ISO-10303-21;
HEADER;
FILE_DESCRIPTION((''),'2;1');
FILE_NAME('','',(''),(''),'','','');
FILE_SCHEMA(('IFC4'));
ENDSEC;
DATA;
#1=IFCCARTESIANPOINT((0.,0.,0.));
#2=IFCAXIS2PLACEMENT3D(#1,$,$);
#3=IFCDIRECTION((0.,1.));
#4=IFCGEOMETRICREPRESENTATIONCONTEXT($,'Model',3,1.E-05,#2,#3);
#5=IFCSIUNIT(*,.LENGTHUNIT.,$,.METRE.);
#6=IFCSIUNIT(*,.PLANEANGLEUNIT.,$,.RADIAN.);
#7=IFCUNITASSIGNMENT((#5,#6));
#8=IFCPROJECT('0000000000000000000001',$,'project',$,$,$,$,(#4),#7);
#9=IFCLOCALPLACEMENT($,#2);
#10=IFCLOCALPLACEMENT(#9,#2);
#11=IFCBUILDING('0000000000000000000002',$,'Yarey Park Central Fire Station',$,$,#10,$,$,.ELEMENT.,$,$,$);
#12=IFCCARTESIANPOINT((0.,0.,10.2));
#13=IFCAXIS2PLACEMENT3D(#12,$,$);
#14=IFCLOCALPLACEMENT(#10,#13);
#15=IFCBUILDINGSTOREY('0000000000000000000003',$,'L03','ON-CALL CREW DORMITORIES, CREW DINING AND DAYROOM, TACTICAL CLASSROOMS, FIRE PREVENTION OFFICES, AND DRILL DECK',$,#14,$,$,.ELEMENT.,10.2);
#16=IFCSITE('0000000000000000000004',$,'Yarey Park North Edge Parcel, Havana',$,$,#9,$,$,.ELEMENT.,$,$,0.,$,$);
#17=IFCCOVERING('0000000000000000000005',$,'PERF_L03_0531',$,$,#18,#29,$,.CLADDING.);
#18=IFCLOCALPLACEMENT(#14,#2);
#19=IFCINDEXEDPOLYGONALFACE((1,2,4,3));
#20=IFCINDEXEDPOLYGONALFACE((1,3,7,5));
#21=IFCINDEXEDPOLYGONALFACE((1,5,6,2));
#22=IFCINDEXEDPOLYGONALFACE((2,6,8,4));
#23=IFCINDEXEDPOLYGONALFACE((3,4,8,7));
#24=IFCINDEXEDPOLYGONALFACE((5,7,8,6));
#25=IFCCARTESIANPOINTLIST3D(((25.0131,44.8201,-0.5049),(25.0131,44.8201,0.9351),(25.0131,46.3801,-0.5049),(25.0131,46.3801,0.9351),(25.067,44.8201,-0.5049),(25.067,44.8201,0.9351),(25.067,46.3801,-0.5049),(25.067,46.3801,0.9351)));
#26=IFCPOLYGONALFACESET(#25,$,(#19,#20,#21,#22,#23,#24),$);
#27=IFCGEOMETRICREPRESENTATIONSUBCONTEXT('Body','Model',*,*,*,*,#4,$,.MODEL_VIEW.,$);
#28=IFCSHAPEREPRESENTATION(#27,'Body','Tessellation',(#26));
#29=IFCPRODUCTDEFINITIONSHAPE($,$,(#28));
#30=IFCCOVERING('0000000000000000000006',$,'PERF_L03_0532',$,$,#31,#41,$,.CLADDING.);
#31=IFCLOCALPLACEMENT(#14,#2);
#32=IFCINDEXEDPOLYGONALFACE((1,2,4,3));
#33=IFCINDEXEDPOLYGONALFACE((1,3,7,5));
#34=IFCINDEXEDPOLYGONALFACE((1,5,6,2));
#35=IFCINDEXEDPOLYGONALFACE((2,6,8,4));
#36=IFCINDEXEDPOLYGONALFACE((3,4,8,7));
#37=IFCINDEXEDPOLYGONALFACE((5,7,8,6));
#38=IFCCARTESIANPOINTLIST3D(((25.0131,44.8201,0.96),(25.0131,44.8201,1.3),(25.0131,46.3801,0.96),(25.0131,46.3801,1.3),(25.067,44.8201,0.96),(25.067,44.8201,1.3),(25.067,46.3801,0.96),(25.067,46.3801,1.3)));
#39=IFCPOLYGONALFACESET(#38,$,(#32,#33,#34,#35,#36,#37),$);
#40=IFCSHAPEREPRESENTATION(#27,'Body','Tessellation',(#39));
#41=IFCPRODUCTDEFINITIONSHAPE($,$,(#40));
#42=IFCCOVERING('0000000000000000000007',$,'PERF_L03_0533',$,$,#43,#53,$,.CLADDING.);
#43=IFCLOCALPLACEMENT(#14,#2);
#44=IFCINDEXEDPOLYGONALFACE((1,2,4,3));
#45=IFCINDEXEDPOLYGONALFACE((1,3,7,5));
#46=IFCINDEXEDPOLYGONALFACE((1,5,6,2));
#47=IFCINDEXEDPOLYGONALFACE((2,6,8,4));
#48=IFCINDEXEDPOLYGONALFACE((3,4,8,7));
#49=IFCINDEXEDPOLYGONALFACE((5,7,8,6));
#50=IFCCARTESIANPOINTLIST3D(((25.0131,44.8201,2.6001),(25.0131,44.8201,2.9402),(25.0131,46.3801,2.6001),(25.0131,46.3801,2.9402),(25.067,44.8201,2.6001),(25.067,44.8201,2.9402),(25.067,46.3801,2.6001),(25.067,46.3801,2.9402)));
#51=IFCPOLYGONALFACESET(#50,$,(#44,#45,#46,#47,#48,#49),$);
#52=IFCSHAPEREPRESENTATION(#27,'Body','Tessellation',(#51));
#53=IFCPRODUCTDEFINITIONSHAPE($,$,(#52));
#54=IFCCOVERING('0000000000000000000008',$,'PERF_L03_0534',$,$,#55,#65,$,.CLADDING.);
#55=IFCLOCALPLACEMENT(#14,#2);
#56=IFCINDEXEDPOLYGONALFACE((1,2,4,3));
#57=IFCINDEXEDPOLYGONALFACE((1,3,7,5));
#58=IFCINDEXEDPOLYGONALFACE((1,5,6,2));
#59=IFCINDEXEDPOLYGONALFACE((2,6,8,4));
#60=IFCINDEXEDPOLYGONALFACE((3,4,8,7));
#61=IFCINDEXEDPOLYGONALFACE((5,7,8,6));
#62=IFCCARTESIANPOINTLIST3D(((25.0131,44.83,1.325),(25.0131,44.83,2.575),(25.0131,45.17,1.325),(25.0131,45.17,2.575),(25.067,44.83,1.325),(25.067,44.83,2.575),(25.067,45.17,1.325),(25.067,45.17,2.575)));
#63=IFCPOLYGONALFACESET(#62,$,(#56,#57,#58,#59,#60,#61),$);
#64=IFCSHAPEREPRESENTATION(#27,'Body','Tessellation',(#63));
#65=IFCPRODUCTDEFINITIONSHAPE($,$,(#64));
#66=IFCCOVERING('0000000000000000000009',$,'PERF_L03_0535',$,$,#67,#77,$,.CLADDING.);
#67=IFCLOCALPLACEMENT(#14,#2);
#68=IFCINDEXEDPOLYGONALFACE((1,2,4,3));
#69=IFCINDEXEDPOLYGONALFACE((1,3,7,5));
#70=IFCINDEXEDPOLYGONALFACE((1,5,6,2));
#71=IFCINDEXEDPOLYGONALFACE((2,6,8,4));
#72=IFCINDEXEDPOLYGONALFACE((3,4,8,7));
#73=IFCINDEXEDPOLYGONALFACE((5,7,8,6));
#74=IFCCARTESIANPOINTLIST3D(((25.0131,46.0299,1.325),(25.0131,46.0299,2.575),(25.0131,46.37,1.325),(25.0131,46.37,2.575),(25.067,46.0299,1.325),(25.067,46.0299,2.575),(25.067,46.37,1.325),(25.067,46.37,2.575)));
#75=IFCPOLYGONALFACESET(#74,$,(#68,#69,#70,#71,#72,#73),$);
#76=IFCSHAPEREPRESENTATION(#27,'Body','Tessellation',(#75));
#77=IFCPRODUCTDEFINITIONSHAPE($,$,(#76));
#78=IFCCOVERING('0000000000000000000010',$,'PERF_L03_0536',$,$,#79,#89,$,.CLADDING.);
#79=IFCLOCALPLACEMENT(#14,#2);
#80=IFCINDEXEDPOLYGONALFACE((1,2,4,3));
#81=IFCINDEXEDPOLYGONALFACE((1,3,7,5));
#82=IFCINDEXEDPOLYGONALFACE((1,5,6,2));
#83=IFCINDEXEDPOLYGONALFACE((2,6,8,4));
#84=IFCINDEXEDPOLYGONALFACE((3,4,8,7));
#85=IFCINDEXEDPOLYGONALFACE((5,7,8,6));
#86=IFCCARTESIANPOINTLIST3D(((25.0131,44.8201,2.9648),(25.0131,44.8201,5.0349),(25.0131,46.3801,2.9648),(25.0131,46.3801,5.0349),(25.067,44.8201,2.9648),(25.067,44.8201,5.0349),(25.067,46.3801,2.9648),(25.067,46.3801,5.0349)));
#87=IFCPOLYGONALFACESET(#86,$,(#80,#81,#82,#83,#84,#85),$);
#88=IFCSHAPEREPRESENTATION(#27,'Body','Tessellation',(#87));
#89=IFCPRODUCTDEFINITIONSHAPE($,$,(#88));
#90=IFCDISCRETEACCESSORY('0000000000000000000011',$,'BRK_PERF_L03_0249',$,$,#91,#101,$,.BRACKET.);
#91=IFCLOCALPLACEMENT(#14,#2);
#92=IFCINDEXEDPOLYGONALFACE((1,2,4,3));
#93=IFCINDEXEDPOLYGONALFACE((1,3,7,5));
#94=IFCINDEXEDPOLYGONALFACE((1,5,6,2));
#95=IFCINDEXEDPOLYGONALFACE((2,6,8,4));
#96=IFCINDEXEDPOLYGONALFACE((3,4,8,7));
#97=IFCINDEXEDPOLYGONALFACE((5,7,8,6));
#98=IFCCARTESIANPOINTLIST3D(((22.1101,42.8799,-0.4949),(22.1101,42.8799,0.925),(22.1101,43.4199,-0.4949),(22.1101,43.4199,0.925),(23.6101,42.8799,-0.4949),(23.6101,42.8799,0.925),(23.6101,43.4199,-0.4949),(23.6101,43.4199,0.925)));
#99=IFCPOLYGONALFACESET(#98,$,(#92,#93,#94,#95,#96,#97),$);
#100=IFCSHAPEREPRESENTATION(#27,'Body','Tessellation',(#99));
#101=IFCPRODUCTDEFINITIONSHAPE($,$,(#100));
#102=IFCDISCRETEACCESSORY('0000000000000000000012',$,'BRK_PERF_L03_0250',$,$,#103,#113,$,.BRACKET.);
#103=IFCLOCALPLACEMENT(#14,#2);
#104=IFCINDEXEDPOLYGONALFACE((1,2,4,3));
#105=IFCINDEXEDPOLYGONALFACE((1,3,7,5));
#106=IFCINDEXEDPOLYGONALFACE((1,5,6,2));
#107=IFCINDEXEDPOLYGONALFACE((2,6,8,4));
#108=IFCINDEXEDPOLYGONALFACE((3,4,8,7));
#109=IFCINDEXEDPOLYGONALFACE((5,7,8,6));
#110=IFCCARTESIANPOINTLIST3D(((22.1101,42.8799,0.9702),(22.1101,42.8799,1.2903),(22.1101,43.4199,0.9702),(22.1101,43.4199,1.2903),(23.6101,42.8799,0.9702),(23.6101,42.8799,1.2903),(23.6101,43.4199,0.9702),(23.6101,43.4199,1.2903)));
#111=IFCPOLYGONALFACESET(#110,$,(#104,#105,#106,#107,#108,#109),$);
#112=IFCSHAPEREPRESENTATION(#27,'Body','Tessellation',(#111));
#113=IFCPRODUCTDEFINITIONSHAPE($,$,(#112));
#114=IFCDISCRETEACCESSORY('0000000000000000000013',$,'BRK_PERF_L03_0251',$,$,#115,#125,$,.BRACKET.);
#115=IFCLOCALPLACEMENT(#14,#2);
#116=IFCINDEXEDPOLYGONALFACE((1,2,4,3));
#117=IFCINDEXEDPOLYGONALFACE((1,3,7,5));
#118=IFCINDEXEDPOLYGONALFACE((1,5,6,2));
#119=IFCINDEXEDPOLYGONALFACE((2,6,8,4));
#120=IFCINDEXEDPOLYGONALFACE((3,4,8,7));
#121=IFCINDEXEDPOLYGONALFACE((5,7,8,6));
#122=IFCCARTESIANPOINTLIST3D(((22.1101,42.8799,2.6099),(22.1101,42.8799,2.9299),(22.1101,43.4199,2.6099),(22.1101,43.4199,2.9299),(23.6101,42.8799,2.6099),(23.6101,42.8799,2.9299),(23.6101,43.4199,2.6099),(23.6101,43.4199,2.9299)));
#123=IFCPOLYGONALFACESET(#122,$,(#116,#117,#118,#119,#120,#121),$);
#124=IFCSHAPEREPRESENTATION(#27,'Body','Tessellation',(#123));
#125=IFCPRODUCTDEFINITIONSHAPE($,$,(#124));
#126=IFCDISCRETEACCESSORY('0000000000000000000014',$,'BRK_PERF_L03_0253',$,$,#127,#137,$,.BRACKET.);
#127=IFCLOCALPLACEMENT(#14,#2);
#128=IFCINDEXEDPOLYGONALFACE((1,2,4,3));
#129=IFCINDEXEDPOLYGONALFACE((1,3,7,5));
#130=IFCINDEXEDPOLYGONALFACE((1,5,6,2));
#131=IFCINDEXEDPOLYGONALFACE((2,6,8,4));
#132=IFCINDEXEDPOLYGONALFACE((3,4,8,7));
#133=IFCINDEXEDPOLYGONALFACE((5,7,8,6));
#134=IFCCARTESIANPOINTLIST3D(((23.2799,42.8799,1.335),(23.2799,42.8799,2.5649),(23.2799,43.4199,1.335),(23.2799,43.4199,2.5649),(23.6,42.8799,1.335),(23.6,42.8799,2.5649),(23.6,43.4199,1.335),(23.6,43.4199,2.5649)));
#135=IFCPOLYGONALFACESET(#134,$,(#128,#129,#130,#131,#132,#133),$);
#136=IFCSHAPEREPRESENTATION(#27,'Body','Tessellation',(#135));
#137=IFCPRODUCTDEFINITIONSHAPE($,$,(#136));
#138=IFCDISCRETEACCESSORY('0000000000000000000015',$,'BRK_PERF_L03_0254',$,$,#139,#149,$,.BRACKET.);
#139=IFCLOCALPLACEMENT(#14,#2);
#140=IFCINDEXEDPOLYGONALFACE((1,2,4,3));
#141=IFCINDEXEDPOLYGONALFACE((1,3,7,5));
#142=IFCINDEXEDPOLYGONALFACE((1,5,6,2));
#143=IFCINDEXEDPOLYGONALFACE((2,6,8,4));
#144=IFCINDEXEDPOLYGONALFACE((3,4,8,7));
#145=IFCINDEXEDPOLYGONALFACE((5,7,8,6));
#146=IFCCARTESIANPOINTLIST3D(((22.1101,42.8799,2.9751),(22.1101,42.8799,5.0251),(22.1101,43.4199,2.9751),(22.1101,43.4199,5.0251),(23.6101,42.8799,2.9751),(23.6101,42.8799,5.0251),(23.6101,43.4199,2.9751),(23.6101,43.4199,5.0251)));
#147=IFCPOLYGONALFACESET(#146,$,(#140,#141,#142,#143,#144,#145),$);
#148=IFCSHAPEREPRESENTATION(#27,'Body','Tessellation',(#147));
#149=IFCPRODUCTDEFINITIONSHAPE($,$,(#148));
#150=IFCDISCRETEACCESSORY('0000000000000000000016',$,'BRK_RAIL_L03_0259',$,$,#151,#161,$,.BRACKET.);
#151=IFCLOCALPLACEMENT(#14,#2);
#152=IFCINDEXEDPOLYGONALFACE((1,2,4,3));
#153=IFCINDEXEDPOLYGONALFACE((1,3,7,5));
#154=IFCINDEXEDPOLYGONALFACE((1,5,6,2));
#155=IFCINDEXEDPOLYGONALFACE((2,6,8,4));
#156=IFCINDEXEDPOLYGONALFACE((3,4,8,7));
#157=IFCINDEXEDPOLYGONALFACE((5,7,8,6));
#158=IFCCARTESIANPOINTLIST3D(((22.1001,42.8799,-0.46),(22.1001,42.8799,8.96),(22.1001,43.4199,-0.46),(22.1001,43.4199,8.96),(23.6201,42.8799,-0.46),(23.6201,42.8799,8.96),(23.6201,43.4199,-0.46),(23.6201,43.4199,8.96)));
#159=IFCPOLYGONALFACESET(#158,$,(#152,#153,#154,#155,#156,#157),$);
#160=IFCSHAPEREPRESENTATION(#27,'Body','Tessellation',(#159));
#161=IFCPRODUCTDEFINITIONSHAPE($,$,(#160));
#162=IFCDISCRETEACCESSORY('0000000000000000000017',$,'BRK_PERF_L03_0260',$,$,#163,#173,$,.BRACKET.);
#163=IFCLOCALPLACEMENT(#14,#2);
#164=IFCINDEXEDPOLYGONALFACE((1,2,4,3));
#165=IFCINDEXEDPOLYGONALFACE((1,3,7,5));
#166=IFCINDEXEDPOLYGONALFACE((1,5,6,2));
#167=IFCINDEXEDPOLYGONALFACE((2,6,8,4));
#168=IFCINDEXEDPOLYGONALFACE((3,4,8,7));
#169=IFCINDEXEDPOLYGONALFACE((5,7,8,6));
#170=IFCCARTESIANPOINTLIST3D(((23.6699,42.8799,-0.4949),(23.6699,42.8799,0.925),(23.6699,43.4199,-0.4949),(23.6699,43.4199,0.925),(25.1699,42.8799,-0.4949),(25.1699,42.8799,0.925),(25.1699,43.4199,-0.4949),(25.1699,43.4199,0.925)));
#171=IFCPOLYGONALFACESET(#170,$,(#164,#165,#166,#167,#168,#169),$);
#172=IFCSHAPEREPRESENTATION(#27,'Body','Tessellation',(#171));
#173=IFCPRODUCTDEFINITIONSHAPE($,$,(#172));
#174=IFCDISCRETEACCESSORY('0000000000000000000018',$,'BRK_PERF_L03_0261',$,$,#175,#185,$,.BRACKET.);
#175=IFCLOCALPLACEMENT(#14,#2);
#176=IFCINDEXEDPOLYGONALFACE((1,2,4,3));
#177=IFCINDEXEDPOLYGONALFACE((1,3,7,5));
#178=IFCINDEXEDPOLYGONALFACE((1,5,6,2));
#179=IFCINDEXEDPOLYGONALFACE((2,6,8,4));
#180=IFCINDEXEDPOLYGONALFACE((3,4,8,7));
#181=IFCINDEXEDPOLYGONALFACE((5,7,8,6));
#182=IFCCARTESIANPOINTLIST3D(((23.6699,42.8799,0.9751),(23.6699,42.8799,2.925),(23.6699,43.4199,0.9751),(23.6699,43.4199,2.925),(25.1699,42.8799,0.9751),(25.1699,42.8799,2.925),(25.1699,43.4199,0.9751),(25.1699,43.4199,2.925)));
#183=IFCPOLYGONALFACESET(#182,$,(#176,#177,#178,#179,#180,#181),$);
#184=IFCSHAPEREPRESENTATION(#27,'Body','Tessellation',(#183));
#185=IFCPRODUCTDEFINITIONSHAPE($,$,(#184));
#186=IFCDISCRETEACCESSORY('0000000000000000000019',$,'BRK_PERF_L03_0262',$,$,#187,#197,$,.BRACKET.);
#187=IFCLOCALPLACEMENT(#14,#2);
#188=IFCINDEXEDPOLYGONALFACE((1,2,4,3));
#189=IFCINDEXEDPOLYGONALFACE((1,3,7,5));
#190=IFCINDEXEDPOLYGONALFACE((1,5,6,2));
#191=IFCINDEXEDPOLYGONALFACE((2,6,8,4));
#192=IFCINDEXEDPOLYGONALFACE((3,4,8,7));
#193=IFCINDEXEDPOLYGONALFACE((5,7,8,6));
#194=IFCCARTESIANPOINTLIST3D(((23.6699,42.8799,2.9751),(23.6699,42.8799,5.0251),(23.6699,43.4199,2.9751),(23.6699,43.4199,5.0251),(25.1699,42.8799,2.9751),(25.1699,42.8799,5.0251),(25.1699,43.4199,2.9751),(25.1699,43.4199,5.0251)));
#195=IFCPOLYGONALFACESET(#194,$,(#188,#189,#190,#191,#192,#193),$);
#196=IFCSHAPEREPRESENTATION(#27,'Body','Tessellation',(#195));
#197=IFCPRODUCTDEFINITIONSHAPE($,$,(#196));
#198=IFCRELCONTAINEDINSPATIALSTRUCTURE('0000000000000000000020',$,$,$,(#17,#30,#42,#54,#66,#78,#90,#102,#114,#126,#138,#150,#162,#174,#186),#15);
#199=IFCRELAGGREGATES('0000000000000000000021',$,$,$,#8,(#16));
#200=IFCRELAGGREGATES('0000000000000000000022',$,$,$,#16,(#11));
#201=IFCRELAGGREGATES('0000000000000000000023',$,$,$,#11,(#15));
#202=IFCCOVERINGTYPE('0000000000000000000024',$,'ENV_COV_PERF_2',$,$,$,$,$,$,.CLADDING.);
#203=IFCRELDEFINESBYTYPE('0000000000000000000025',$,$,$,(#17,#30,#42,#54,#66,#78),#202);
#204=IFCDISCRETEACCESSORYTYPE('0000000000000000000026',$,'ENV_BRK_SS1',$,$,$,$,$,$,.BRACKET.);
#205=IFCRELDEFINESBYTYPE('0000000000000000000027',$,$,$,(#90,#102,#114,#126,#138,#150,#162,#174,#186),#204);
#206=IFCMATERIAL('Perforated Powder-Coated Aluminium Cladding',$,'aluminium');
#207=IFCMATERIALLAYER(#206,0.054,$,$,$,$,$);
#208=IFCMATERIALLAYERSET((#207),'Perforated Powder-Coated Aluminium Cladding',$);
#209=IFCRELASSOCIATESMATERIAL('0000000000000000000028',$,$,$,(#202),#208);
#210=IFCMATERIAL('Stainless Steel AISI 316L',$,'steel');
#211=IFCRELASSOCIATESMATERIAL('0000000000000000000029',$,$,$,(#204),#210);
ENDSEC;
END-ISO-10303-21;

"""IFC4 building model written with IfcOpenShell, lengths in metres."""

from ifc_helpers import new_model, si_unit, direction, frame, origin, origin_2d, place, context, subcontext, project, spatial, rectangle, extrude, material, layer, layer_set, type_object, element, save


model = new_model("IFC4")

# Units and contexts
model_context = context("Model", 3, precision=1e-05, world=origin(), true_north=direction((0.0, 1.0)))
body_context = subcontext(model_context, "Body", "Model", "MODEL_VIEW")
ifc_project = project(units=[si_unit("LENGTHUNIT", "METRE"), si_unit("PLANEANGLEUNIT", "RADIAN")], contexts=[model_context])

# Site, building, storey
site_placement = place(None, origin())
site = spatial("IfcSite", under=ifc_project, at=site_placement, Name="Yarey Park North Edge Parcel, Havana", CompositionType="ELEMENT", RefElevation=0.0)
building_placement = place(site_placement, origin())
building = spatial("IfcBuilding", under=site, at=building_placement, Name="Yarey Park Central Fire Station", CompositionType="ELEMENT")
storey_placement = place(building_placement, frame((0.0, 0.0, 10.2)))
storey = spatial("IfcBuildingStorey", under=building, at=storey_placement, Name="L03", Description="ON-CALL CREW DORMITORIES, CREW DINING AND DAYROOM, TACTICAL CLASSROOMS, FIRE PREVENTION OFFICES, AND DRILL DECK", CompositionType="ELEMENT", Elevation=10.2)

# Coverings
ifc_material_1 = material(Name="Perforated Powder-Coated Aluminium Cladding", Category="aluminium")
ifc_layer_1 = layer(ifc_material_1, 0.054)
ifc_layer_set_1 = layer_set([ifc_layer_1], Name="Perforated Powder-Coated Aluminium Cladding")
covering_type_1 = type_object("IfcCoveringType", Name="ENV_COV_PERF_2", PredefinedType="CLADDING", material=ifc_layer_set_1)
covering_1_placement = place(storey_placement, frame((25.04, 45.6001, -0.5049), z_axis=(0.0, 0.0, 1.0), x_axis=(0.0, 1.0, 0.0)))
element("IfcCovering", 1, at=covering_1_placement, inside=storey, type_object=covering_type_1, Name="PERF_L03_0531", PredefinedType="CLADDING", context=body_context, shape_type="SweptSolid", body=[
    extrude(rectangle(XDim=1.5601, YDim=0.054, at=origin_2d()), origin(), (0.0, 0.0, 1.0), 1.4399),
])
for number, where, z_axis, x_axis, name in (
    (2, (25.04, 45.6001, 0.96), (0.0, 0.0, 1.0), (0.0, 1.0, 0.0), "PERF_L03_0532"),
    (3, (25.04, 45.6001, 2.6001), (0.0, 0.0, 1.0), (0.0, 1.0, 0.0), "PERF_L03_0533"),
):
    element("IfcCovering", number, at=place(storey_placement, frame(where, z_axis=z_axis, x_axis=x_axis)), inside=storey, type_object=covering_type_1, Name=name, PredefinedType="CLADDING", context=body_context, shape_type="SweptSolid", body=[
        extrude(rectangle(XDim=1.5601, YDim=0.054, at=origin_2d()), origin(), (0.0, 0.0, 1.0), 0.3401),
    ])
for number, where, z_axis, x_axis, name in (
    (4, (25.04, 45.0, 1.325), (0.0, 0.0, 1.0), (0.0, 1.0, 0.0), "PERF_L03_0534"),
    (5, (25.04, 46.2, 1.325), (0.0, 0.0, 1.0), (0.0, 1.0, 0.0), "PERF_L03_0535"),
):
    element("IfcCovering", number, at=place(storey_placement, frame(where, z_axis=z_axis, x_axis=x_axis)), inside=storey, type_object=covering_type_1, Name=name, PredefinedType="CLADDING", context=body_context, shape_type="SweptSolid", body=[
        extrude(rectangle(XDim=0.3401, YDim=0.054, at=origin_2d()), origin(), (0.0, 0.0, 1.0), 1.25),
    ])
covering_2_placement = place(storey_placement, frame((25.04, 45.6001, 2.9648), z_axis=(0.0, 0.0, 1.0), x_axis=(0.0, 1.0, 0.0)))
element("IfcCovering", 6, at=covering_2_placement, inside=storey, type_object=covering_type_1, Name="PERF_L03_0536", PredefinedType="CLADDING", context=body_context, shape_type="SweptSolid", body=[
    extrude(rectangle(XDim=1.5601, YDim=0.054, at=origin_2d()), origin(), (0.0, 0.0, 1.0), 2.0701),
])

# Discrete accessories
ifc_material_2 = material(Name="Stainless Steel AISI 316L", Category="steel")
discrete_accessory_type = type_object("IfcDiscreteAccessoryType", Name="ENV_BRK_SS1", PredefinedType="BRACKET", material=ifc_material_2)
discrete_accessory_1_placement = place(storey_placement, frame((22.8601, 43.1499, -0.4949), z_axis=(0.0, 0.0, 1.0), x_axis=(1.0, 0.0, 0.0)))
element("IfcDiscreteAccessory", 7, at=discrete_accessory_1_placement, inside=storey, type_object=discrete_accessory_type, Name="BRK_PERF_L03_0249", PredefinedType="BRACKET", context=body_context, shape_type="SweptSolid", body=[
    extrude(rectangle(XDim=1.5, YDim=0.54, at=origin_2d()), origin(), (0.0, 0.0, 1.0), 1.4199),
])
for number, where, z_axis, x_axis, name in (
    (8, (22.8601, 43.1499, 0.9702), (0.0, 0.0, 1.0), (1.0, 0.0, 0.0), "BRK_PERF_L03_0250"),
    (9, (22.8601, 43.1499, 2.6099), (0.0, 0.0, 1.0), (1.0, 0.0, 0.0), "BRK_PERF_L03_0251"),
):
    element("IfcDiscreteAccessory", number, at=place(storey_placement, frame(where, z_axis=z_axis, x_axis=x_axis)), inside=storey, type_object=discrete_accessory_type, Name=name, PredefinedType="BRACKET", context=body_context, shape_type="SweptSolid", body=[
        extrude(rectangle(XDim=1.5, YDim=0.54, at=origin_2d()), origin(), (0.0, 0.0, 1.0), 0.3201),
    ])
discrete_accessory_2_placement = place(storey_placement, frame((23.4399, 43.1499, 1.335), z_axis=(0.0, 0.0, 1.0), x_axis=(1.0, 0.0, 0.0)))
element("IfcDiscreteAccessory", 10, at=discrete_accessory_2_placement, inside=storey, type_object=discrete_accessory_type, Name="BRK_PERF_L03_0253", PredefinedType="BRACKET", context=body_context, shape_type="SweptSolid", body=[
    extrude(rectangle(XDim=0.3201, YDim=0.54, at=origin_2d()), origin(), (0.0, 0.0, 1.0), 1.23),
])
discrete_accessory_3_placement = place(storey_placement, frame((22.8601, 43.1499, 2.9751), z_axis=(0.0, 0.0, 1.0), x_axis=(1.0, 0.0, 0.0)))
element("IfcDiscreteAccessory", 11, at=discrete_accessory_3_placement, inside=storey, type_object=discrete_accessory_type, Name="BRK_PERF_L03_0254", PredefinedType="BRACKET", context=body_context, shape_type="SweptSolid", body=[
    extrude(rectangle(XDim=1.5, YDim=0.54, at=origin_2d()), origin(), (0.0, 0.0, 1.0), 2.05),
])
discrete_accessory_4_placement = place(storey_placement, frame((22.8601, 43.1499, -0.46), z_axis=(0.0, 0.0, 1.0), x_axis=(1.0, 0.0, 0.0)))
element("IfcDiscreteAccessory", 12, at=discrete_accessory_4_placement, inside=storey, type_object=discrete_accessory_type, Name="BRK_RAIL_L03_0259", PredefinedType="BRACKET", context=body_context, shape_type="SweptSolid", body=[
    extrude(rectangle(XDim=1.52, YDim=0.54, at=origin_2d()), origin(), (0.0, 0.0, 1.0), 9.4199),
])
discrete_accessory_5_placement = place(storey_placement, frame((24.4199, 43.1499, -0.4949), z_axis=(0.0, 0.0, 1.0), x_axis=(1.0, 0.0, 0.0)))
element("IfcDiscreteAccessory", 13, at=discrete_accessory_5_placement, inside=storey, type_object=discrete_accessory_type, Name="BRK_PERF_L03_0260", PredefinedType="BRACKET", context=body_context, shape_type="SweptSolid", body=[
    extrude(rectangle(XDim=1.5, YDim=0.54, at=origin_2d()), origin(), (0.0, 0.0, 1.0), 1.4199),
])
discrete_accessory_6_placement = place(storey_placement, frame((24.4199, 43.1499, 0.9751), z_axis=(0.0, 0.0, 1.0), x_axis=(1.0, 0.0, 0.0)))
element("IfcDiscreteAccessory", 14, at=discrete_accessory_6_placement, inside=storey, type_object=discrete_accessory_type, Name="BRK_PERF_L03_0261", PredefinedType="BRACKET", context=body_context, shape_type="SweptSolid", body=[
    extrude(rectangle(XDim=1.5, YDim=0.54, at=origin_2d()), origin(), (0.0, 0.0, 1.0), 1.95),
])
discrete_accessory_7_placement = place(storey_placement, frame((24.4199, 43.1499, 2.9751), z_axis=(0.0, 0.0, 1.0), x_axis=(1.0, 0.0, 0.0)))
element("IfcDiscreteAccessory", 15, at=discrete_accessory_7_placement, inside=storey, type_object=discrete_accessory_type, Name="BRK_PERF_L03_0262", PredefinedType="BRACKET", context=body_context, shape_type="SweptSolid", body=[
    extrude(rectangle(XDim=1.5, YDim=0.54, at=origin_2d()), origin(), (0.0, 0.0, 1.0), 2.05),
])

save(model, "model.ifc")
